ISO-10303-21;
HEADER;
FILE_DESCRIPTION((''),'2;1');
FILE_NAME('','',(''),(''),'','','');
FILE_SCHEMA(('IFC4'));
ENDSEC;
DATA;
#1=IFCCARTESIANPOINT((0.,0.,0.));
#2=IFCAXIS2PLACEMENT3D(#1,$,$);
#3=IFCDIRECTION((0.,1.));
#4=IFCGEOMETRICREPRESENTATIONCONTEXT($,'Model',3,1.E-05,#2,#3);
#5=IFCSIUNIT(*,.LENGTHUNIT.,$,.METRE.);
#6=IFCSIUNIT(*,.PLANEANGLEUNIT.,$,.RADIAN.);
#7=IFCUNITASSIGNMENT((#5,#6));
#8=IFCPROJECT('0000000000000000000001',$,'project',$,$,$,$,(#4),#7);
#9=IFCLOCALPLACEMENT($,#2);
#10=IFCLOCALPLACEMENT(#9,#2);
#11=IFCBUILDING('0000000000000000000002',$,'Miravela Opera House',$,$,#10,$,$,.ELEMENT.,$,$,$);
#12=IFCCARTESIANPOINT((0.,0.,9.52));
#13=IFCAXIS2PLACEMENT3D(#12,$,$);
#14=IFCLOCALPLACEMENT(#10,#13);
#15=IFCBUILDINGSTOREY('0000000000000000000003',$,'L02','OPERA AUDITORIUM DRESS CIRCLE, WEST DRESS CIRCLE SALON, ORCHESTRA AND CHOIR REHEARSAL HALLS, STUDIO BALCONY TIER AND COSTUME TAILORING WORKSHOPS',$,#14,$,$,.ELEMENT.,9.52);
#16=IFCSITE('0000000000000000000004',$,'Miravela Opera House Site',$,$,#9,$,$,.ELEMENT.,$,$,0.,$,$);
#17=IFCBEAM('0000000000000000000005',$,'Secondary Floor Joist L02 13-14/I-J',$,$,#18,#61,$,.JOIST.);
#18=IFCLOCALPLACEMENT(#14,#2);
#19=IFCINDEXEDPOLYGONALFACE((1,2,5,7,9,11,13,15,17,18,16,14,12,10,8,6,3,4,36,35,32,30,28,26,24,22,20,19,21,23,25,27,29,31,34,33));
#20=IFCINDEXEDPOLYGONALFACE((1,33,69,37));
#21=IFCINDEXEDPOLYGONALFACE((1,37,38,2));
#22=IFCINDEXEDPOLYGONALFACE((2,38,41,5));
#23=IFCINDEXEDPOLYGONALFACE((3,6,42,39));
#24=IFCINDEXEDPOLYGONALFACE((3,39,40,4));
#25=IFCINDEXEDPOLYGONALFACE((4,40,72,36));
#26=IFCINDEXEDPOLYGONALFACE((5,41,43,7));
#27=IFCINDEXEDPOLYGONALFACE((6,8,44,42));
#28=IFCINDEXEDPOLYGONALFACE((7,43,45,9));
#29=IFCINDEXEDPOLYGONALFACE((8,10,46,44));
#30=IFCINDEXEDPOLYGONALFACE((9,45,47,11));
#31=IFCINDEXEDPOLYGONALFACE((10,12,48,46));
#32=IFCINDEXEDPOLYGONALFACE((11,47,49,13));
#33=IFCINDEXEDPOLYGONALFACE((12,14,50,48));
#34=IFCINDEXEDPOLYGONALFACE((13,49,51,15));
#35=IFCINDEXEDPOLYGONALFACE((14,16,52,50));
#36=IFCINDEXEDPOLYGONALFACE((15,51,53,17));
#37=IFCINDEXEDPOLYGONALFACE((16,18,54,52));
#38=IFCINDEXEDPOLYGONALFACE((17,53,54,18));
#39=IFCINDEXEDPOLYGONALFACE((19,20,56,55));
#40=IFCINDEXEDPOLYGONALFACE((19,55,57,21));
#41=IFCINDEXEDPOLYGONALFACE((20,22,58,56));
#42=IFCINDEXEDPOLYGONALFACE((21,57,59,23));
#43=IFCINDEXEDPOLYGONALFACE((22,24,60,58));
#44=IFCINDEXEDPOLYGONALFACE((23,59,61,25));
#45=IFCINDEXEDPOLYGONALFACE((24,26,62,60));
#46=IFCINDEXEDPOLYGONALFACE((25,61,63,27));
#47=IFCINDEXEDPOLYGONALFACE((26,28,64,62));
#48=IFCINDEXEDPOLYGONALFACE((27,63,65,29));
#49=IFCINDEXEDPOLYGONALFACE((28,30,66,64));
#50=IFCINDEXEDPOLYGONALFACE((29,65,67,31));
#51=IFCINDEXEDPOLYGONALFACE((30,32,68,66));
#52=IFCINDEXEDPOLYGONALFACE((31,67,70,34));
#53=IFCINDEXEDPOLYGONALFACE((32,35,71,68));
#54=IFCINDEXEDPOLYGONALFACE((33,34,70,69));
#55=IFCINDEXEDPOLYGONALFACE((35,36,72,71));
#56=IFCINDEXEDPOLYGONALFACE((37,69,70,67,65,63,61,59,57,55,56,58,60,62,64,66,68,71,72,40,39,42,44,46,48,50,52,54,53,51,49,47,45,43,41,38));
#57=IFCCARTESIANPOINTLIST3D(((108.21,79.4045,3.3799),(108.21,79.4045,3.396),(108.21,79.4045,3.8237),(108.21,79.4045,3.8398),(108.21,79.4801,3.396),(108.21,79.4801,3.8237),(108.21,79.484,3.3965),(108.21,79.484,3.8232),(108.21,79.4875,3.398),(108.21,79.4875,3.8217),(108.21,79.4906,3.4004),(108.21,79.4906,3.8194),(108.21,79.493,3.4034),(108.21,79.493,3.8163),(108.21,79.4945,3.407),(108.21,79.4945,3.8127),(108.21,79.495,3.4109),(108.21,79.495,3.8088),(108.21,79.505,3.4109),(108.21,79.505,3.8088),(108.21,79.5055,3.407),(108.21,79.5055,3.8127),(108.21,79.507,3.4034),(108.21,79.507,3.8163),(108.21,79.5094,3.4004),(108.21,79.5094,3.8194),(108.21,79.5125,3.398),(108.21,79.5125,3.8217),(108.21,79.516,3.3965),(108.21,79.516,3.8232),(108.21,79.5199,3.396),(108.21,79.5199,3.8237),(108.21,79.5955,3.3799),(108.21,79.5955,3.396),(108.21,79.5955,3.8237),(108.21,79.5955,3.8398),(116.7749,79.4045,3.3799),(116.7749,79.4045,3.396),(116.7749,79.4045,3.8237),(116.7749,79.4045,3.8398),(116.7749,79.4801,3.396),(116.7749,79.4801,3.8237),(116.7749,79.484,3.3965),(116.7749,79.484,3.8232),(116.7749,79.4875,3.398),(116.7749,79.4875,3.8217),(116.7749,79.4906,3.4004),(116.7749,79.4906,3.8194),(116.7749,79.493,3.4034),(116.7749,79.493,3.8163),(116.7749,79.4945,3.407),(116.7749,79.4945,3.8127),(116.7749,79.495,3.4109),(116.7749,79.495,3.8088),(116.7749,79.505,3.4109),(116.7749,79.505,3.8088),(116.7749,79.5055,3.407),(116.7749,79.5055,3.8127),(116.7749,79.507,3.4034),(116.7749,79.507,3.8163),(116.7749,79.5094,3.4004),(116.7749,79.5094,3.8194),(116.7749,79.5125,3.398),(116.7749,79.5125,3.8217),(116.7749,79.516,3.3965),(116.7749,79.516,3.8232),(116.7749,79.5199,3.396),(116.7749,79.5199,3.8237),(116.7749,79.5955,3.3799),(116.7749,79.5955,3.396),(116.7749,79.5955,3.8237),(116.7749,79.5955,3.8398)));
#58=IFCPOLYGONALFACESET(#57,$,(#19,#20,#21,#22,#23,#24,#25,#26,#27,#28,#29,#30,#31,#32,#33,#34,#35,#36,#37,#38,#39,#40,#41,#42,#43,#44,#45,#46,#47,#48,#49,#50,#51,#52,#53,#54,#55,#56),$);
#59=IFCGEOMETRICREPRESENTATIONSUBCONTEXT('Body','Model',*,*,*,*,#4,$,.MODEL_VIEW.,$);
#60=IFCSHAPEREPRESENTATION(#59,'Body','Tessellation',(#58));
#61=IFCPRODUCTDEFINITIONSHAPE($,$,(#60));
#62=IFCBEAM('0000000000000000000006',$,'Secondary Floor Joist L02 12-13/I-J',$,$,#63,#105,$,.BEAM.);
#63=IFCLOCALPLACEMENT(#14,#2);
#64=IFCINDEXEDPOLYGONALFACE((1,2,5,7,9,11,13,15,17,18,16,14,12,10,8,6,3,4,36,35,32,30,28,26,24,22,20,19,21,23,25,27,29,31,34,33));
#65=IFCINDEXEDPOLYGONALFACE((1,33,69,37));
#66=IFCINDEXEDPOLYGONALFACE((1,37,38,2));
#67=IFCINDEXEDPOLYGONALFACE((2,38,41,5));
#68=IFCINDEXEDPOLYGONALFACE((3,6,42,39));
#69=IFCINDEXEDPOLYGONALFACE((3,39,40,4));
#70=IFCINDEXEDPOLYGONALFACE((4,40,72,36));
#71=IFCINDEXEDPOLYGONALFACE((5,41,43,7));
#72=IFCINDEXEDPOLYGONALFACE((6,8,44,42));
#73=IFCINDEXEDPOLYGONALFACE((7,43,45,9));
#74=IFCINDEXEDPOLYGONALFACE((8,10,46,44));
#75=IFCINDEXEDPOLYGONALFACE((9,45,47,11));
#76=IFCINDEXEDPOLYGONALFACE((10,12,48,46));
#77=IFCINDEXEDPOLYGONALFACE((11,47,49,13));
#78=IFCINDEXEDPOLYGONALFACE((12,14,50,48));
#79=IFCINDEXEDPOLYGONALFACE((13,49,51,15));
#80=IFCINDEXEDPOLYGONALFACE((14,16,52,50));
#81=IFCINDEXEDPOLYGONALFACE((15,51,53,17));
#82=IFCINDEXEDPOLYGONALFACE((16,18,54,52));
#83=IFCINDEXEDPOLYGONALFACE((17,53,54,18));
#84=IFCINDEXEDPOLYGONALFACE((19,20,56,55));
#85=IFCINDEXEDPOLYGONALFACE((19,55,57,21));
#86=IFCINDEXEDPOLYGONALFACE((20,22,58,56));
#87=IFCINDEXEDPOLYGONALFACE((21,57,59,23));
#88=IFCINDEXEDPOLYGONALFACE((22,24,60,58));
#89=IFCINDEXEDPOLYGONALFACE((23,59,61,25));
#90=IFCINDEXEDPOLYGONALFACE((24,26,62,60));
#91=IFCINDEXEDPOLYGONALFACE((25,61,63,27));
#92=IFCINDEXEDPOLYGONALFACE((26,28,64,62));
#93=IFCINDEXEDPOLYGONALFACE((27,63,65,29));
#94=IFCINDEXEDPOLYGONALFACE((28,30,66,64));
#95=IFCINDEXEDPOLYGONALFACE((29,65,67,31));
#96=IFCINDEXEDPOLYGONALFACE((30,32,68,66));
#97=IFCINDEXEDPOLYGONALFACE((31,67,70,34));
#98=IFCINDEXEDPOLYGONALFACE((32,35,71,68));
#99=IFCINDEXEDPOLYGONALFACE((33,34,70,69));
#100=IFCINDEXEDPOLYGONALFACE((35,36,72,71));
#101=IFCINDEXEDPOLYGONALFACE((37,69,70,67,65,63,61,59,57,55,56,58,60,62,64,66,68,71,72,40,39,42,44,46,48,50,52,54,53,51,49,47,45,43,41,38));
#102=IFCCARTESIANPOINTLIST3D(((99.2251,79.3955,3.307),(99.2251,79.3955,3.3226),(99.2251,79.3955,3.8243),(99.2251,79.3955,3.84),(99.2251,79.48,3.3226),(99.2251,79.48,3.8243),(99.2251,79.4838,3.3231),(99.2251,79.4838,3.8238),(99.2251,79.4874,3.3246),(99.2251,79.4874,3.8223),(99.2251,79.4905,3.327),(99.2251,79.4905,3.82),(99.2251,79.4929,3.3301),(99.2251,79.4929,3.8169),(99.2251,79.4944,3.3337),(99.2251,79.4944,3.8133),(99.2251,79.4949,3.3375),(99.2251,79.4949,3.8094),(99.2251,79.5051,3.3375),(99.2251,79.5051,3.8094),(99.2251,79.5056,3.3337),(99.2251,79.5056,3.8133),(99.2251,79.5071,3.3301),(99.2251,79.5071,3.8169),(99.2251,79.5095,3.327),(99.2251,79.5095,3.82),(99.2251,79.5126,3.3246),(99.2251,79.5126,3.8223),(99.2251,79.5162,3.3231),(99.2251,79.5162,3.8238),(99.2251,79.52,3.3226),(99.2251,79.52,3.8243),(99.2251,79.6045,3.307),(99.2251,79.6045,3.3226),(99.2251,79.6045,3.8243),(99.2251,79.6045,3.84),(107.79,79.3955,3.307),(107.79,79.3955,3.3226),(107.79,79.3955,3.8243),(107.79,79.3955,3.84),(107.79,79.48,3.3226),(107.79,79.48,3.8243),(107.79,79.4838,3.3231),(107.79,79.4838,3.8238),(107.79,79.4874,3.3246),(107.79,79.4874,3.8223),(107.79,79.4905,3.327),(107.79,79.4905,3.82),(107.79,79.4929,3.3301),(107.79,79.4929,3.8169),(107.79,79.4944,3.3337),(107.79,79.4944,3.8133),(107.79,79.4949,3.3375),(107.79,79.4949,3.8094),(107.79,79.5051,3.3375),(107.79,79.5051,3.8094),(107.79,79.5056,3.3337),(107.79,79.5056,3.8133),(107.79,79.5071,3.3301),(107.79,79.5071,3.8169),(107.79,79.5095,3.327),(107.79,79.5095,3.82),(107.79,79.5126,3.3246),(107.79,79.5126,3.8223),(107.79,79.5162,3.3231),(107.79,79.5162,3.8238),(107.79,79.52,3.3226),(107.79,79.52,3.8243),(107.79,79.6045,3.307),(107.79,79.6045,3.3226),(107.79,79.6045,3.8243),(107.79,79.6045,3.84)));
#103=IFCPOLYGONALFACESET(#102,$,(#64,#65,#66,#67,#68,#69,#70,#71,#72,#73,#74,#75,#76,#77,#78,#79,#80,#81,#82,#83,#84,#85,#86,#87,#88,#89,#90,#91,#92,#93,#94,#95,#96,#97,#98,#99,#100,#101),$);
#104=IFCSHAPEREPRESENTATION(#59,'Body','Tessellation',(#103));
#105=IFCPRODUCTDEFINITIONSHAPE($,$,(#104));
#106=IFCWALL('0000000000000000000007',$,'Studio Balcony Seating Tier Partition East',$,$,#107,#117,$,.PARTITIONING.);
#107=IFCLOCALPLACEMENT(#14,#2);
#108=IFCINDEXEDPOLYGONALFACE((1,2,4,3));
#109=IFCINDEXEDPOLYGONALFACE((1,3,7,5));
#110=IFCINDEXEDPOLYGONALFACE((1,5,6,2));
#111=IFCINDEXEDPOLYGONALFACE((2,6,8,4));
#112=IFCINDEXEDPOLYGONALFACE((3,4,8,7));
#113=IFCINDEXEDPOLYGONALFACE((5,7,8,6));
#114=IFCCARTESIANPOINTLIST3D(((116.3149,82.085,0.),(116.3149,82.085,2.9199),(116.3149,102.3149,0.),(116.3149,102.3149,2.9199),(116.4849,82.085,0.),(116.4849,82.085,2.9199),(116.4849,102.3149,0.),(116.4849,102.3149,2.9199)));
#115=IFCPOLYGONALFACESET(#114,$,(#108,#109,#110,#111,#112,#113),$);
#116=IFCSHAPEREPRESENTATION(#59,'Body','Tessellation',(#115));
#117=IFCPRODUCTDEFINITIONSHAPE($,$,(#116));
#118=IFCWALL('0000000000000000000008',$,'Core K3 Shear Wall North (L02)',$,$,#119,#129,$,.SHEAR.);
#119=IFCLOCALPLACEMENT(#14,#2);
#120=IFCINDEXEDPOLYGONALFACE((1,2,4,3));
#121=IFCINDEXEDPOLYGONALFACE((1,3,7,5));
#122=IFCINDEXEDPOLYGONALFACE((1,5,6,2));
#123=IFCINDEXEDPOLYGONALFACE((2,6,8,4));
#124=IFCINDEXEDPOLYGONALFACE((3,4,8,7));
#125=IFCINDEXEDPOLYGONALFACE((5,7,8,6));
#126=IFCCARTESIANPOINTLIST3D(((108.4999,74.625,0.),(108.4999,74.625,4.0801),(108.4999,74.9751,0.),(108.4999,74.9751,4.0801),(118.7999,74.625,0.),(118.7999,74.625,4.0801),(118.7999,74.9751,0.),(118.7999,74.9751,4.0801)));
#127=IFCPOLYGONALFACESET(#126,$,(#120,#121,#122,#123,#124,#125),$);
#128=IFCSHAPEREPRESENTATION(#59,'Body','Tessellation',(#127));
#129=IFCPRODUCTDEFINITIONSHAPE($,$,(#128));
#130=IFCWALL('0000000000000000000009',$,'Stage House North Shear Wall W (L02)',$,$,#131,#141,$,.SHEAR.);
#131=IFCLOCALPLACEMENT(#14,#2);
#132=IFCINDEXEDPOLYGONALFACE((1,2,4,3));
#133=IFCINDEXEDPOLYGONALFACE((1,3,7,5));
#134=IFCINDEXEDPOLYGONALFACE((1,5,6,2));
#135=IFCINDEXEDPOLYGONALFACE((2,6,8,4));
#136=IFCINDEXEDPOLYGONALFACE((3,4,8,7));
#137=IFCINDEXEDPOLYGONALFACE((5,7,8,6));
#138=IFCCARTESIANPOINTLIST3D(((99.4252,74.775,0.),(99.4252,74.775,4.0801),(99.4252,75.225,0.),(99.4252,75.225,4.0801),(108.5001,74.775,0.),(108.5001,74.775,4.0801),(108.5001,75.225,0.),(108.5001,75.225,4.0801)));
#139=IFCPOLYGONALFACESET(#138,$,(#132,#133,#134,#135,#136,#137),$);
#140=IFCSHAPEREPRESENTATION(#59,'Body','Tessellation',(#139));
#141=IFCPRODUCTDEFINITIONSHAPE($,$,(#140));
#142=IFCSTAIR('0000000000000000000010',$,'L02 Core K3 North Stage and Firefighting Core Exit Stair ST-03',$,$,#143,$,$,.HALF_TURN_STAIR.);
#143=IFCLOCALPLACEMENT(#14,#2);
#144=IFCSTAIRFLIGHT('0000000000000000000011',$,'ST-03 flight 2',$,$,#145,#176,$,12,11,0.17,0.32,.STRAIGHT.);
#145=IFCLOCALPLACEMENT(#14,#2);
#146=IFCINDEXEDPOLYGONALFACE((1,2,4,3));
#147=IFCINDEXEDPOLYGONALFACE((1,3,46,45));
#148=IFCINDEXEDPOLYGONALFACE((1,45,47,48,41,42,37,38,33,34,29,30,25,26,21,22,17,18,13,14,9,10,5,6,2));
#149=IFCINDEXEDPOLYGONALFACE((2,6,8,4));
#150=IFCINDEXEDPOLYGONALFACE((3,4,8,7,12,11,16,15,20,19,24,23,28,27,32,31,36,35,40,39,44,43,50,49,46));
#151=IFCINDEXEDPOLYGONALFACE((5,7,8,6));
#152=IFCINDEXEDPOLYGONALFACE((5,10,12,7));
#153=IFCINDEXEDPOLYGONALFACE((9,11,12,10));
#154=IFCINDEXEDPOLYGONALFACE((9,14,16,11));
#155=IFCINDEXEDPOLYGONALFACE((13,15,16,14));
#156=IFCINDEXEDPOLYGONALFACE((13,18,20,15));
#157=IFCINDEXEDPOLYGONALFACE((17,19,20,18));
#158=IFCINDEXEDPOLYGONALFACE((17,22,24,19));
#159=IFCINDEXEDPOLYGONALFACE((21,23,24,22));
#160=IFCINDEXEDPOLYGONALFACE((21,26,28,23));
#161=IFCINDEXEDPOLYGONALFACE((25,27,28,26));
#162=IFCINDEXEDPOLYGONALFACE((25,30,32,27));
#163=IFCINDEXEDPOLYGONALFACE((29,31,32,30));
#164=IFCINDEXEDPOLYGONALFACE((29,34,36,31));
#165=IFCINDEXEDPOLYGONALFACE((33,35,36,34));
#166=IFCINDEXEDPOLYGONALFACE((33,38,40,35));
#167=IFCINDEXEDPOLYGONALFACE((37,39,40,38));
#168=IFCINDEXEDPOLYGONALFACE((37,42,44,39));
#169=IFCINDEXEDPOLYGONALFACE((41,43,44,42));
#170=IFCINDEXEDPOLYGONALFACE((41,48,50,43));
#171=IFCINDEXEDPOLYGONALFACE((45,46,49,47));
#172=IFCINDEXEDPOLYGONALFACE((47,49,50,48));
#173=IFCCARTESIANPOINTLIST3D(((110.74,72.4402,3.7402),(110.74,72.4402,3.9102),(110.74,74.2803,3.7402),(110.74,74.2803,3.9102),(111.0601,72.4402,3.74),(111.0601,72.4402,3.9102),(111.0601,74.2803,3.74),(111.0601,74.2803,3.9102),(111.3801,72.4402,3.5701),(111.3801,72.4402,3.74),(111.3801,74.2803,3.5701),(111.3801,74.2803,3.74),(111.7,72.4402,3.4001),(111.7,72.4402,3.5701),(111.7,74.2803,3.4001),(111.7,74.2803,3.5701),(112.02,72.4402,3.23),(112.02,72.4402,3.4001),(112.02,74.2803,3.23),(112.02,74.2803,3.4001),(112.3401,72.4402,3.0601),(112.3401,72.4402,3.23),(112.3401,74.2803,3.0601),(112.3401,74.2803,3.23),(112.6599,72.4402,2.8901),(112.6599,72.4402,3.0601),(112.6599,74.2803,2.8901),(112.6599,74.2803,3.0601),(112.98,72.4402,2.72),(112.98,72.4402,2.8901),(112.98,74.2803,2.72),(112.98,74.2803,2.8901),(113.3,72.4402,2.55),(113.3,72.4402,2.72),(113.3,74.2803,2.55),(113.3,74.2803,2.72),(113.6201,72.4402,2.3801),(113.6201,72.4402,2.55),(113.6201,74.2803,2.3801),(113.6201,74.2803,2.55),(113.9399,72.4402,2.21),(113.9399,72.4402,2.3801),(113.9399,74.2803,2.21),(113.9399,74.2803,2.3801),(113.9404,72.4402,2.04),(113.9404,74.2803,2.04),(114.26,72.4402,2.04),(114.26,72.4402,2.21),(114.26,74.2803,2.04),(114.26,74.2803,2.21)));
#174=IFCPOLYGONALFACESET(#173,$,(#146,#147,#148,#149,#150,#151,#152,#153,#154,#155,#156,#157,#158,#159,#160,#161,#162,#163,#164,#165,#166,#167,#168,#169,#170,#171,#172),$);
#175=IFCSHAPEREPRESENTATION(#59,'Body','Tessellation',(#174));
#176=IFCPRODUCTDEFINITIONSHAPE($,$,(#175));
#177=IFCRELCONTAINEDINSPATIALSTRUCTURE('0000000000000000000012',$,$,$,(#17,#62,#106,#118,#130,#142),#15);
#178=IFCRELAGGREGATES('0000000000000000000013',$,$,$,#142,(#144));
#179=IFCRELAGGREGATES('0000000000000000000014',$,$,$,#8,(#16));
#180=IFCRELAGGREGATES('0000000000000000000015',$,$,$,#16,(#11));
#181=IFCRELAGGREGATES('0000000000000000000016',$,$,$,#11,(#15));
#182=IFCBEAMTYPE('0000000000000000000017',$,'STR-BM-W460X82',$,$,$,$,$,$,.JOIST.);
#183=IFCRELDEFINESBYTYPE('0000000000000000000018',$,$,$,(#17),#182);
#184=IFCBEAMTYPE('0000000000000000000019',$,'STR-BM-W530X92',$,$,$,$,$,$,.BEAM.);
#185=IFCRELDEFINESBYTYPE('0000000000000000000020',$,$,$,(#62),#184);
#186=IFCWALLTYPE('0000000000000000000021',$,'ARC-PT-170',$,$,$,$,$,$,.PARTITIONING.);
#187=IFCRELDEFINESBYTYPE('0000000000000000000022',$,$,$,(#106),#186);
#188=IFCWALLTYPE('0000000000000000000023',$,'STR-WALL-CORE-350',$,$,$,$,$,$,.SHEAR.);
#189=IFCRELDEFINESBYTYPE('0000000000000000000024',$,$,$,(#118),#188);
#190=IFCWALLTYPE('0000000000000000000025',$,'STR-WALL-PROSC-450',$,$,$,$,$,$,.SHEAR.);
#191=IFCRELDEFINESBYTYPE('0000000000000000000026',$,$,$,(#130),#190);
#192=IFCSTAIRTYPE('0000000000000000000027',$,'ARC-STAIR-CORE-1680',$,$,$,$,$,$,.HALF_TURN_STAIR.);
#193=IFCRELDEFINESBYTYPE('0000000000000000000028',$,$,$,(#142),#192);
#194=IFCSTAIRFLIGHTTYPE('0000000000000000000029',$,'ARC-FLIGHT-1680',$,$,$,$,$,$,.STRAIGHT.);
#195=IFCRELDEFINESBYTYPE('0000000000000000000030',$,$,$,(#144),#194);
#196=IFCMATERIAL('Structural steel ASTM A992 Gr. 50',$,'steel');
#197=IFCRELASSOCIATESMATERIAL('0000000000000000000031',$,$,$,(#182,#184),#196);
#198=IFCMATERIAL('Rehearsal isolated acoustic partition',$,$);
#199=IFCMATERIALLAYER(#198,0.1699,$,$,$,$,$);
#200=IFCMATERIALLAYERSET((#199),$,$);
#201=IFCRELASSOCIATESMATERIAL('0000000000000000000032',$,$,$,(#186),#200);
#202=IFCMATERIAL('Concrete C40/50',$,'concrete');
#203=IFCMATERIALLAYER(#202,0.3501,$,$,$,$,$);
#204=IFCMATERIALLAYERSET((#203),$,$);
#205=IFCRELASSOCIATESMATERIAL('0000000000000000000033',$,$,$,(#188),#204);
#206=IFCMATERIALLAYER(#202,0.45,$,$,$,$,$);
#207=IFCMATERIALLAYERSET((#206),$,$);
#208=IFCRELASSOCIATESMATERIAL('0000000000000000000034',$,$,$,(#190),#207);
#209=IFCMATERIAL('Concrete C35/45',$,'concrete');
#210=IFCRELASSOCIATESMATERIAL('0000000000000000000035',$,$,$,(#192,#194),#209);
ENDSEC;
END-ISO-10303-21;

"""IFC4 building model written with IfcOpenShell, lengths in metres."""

from ifc_helpers import new_model, si_unit, direction, frame, frame_2d, origin, origin_2d, place, context, subcontext, project, spatial, polyline, rectangle, i_section, outline, extrude, material, layer, layer_set, material_profile, profile_set, type_object, element, aggregate, save


model = new_model("IFC4")

# Units and contexts
model_context = context("Model", 3, precision=1e-05, world=origin(), true_north=direction((0.0, 1.0)))
body_context = subcontext(model_context, "Body", "Model", "MODEL_VIEW")
ifc_project = project(units=[si_unit("LENGTHUNIT", "METRE"), si_unit("PLANEANGLEUNIT", "RADIAN")], contexts=[model_context])

# Site, building, storey
site_placement = place(None, origin())
site = spatial("IfcSite", under=ifc_project, at=site_placement, Name="Miravela Opera House Site", CompositionType="ELEMENT", RefElevation=0.0)
building_placement = place(site_placement, origin())
building = spatial("IfcBuilding", under=site, at=building_placement, Name="Miravela Opera House", CompositionType="ELEMENT")
storey_placement = place(building_placement, frame((0.0, 0.0, 9.52)))
storey = spatial("IfcBuildingStorey", under=building, at=storey_placement, Name="L02", Description="OPERA AUDITORIUM DRESS CIRCLE, WEST DRESS CIRCLE SALON, ORCHESTRA AND CHOIR REHEARSAL HALLS, STUDIO BALCONY TIER AND COSTUME TAILORING WORKSHOPS", CompositionType="ELEMENT", Elevation=9.52)

# Shared definitions
ifc_material_1 = material(Name="Concrete C35/45", Category="concrete")

# Beams
ifc_material_2 = material(Name="Concrete C40/50", Category="concrete")
ifc_material_3 = material(Name="Structural steel ASTM A992 Gr. 50", Category="steel")
ifc_material_profile_1 = material_profile(ifc_material_3, i_section(OverallWidth=0.1909, OverallDepth=0.46, WebThickness=0.01, FlangeThickness=0.0161, FilletRadius=0.0149, at=origin_2d()), Name="W460X82")
ifc_profile_set_1 = profile_set([ifc_material_profile_1])
beam_type_1 = type_object("IfcBeamType", Name="STR-BM-W460X82", PredefinedType="JOIST", material=ifc_profile_set_1)
beam_1_placement = place(storey_placement, frame((108.21, 79.5, 3.6099), z_axis=(1.0, 0.0, 0.0), x_axis=(0.0, 1.0, 0.0)))
element("IfcBeam", 1, at=beam_1_placement, inside=storey, type_object=beam_type_1, Name="Secondary Floor Joist L02 13-14/I-J", PredefinedType="JOIST", context=body_context, shape_type="SweptSolid", body=[
    extrude(i_section(OverallWidth=0.1909, OverallDepth=0.46, WebThickness=0.01, FlangeThickness=0.0161, FilletRadius=0.0149, at=origin_2d()), origin(), (0.0, 0.0, 1.0), 8.5649),
])
ifc_material_profile_2 = material_profile(ifc_material_3, i_section(OverallWidth=0.209, OverallDepth=0.533, WebThickness=0.0103, FlangeThickness=0.0156, FilletRadius=0.0149, at=origin_2d()), Name="W530X92")
ifc_profile_set_2 = profile_set([ifc_material_profile_2])
beam_type_2 = type_object("IfcBeamType", Name="STR-BM-W530X92", PredefinedType="BEAM", material=ifc_profile_set_2)
beam_2_placement = place(storey_placement, frame((99.2251, 79.5, 3.5735), z_axis=(1.0, 0.0, 0.0), x_axis=(0.0, 1.0, 0.0)))
element("IfcBeam", 2, at=beam_2_placement, inside=storey, type_object=beam_type_2, Name="Secondary Floor Joist L02 12-13/I-J", PredefinedType="BEAM", context=body_context, shape_type="SweptSolid", body=[
    extrude(i_section(OverallWidth=0.209, OverallDepth=0.533, WebThickness=0.0103, FlangeThickness=0.0156, FilletRadius=0.0149, at=origin_2d()), origin(), (0.0, 0.0, 1.0), 8.5649),
])

# Walls
ifc_material_4 = material(Name="Rehearsal isolated acoustic partition")
ifc_layer_1 = layer(ifc_material_4, 0.1699)
ifc_layer_set_1 = layer_set([ifc_layer_1])
wall_type_1 = type_object("IfcWallType", Name="ARC-PT-170", PredefinedType="PARTITIONING", material=ifc_layer_set_1)
wall_1_placement = place(storey_placement, frame((116.3999, 82.085, 0.0), z_axis=(0.0, 0.0, 1.0), x_axis=(0.0, 1.0, 0.0)))
element("IfcWall", 3, at=wall_1_placement, inside=storey, type_object=wall_type_1, Name="Studio Balcony Seating Tier Partition East", PredefinedType="PARTITIONING", context=body_context, shape_type="SweptSolid", body=[
    extrude(rectangle(XDim=20.23, YDim=0.1699, at=frame_2d((10.115, 0.0))), origin(), (0.0, 0.0, 1.0), 2.9199),
])
ifc_layer_2 = layer(ifc_material_2, 0.3501)
ifc_layer_set_2 = layer_set([ifc_layer_2])
wall_type_2 = type_object("IfcWallType", Name="STR-WALL-CORE-350", PredefinedType="SHEAR", material=ifc_layer_set_2)
wall_2_placement = place(storey_placement, frame((108.5, 74.8, 0.0), z_axis=(0.0, 0.0, 1.0), x_axis=(1.0, 0.0, 0.0)))
element("IfcWall", 4, at=wall_2_placement, inside=storey, type_object=wall_type_2, Name="Core K3 Shear Wall North (L02)", PredefinedType="SHEAR", context=body_context, shape_type="SweptSolid", body=[
    extrude(rectangle(XDim=10.3, YDim=0.3501, at=frame_2d((5.1499, 0.0))), origin(), (0.0, 0.0, 1.0), 4.0801),
])
ifc_layer_3 = layer(ifc_material_2, 0.45)
ifc_layer_set_3 = layer_set([ifc_layer_3])
wall_type_3 = type_object("IfcWallType", Name="STR-WALL-PROSC-450", PredefinedType="SHEAR", material=ifc_layer_set_3)
wall_3_placement = place(storey_placement, frame((99.425, 75.0, 0.0), z_axis=(0.0, 0.0, 1.0), x_axis=(1.0, 0.0, 0.0)))
element("IfcWall", 5, at=wall_3_placement, inside=storey, type_object=wall_type_3, Name="Stage House North Shear Wall W (L02)", PredefinedType="SHEAR", context=body_context, shape_type="SweptSolid", body=[
    extrude(rectangle(XDim=9.075, YDim=0.45, at=frame_2d((4.5376, 0.0))), origin(), (0.0, 0.0, 1.0), 4.0801),
])

# Stair, stair flight
stair_type = type_object("IfcStairType", Name="ARC-STAIR-CORE-1680", PredefinedType="HALF_TURN_STAIR", material=ifc_material_1)
stair_placement = place(storey_placement, origin())
stair = element("IfcStair", 6, at=stair_placement, inside=storey, type_object=stair_type, Name="L02 Core K3 North Stage and Firefighting Core Exit Stair ST-03", PredefinedType="HALF_TURN_STAIR")
stair_flight_type = type_object("IfcStairFlightType", Name="ARC-FLIGHT-1680", PredefinedType="STRAIGHT", material=ifc_material_1)
stair_flight_placement = place(storey_placement, frame((114.26, 73.3601, 2.04), z_axis=(0.0, 0.0, 1.0), x_axis=(-1.0, 0.0, 0.0)))
stair_flight = element("IfcStairFlight", 7, at=stair_flight_placement, type_object=stair_flight_type, Name="ST-03 flight 2", NumberOfRisers=12, NumberOfTreads=11, PredefinedType="STRAIGHT", RiserHeight=0.17, TreadLength=0.32, context=body_context, shape_type="SweptSolid", body=[
    extrude(outline(polyline([(0.0, 0.0), (0.0, 0.1699), (0.3201, 0.1699), (0.3201, 0.3401), (0.6399, 0.3401), (0.6399, 0.51), (0.96, 0.51), (0.96, 0.6799), (1.28, 0.6799), (1.28, 0.8501), (1.6001, 0.8501), (1.6001, 1.02), (1.9199, 1.02), (1.9199, 1.1899), (2.24, 1.1899), (2.24, 1.3601), (2.5601, 1.3601), (2.5601, 1.53), (2.8799, 1.53), (2.8799, 1.7), (3.2, 1.7), (3.2, 1.8701), (3.52, 1.8701), (3.52, 2.04), (3.52, 1.7002), (0.3196, 0.0), (0.0, 0.0)])), frame((0.0, 0.9199, 0.0), z_axis=(0.0, -1.0, 0.0), x_axis=(1.0, 0.0, 0.0)), (0.0, 0.0, 1.0), 1.8401),
])
aggregate(stair, [stair_flight])

save(model, "model.ifc")
